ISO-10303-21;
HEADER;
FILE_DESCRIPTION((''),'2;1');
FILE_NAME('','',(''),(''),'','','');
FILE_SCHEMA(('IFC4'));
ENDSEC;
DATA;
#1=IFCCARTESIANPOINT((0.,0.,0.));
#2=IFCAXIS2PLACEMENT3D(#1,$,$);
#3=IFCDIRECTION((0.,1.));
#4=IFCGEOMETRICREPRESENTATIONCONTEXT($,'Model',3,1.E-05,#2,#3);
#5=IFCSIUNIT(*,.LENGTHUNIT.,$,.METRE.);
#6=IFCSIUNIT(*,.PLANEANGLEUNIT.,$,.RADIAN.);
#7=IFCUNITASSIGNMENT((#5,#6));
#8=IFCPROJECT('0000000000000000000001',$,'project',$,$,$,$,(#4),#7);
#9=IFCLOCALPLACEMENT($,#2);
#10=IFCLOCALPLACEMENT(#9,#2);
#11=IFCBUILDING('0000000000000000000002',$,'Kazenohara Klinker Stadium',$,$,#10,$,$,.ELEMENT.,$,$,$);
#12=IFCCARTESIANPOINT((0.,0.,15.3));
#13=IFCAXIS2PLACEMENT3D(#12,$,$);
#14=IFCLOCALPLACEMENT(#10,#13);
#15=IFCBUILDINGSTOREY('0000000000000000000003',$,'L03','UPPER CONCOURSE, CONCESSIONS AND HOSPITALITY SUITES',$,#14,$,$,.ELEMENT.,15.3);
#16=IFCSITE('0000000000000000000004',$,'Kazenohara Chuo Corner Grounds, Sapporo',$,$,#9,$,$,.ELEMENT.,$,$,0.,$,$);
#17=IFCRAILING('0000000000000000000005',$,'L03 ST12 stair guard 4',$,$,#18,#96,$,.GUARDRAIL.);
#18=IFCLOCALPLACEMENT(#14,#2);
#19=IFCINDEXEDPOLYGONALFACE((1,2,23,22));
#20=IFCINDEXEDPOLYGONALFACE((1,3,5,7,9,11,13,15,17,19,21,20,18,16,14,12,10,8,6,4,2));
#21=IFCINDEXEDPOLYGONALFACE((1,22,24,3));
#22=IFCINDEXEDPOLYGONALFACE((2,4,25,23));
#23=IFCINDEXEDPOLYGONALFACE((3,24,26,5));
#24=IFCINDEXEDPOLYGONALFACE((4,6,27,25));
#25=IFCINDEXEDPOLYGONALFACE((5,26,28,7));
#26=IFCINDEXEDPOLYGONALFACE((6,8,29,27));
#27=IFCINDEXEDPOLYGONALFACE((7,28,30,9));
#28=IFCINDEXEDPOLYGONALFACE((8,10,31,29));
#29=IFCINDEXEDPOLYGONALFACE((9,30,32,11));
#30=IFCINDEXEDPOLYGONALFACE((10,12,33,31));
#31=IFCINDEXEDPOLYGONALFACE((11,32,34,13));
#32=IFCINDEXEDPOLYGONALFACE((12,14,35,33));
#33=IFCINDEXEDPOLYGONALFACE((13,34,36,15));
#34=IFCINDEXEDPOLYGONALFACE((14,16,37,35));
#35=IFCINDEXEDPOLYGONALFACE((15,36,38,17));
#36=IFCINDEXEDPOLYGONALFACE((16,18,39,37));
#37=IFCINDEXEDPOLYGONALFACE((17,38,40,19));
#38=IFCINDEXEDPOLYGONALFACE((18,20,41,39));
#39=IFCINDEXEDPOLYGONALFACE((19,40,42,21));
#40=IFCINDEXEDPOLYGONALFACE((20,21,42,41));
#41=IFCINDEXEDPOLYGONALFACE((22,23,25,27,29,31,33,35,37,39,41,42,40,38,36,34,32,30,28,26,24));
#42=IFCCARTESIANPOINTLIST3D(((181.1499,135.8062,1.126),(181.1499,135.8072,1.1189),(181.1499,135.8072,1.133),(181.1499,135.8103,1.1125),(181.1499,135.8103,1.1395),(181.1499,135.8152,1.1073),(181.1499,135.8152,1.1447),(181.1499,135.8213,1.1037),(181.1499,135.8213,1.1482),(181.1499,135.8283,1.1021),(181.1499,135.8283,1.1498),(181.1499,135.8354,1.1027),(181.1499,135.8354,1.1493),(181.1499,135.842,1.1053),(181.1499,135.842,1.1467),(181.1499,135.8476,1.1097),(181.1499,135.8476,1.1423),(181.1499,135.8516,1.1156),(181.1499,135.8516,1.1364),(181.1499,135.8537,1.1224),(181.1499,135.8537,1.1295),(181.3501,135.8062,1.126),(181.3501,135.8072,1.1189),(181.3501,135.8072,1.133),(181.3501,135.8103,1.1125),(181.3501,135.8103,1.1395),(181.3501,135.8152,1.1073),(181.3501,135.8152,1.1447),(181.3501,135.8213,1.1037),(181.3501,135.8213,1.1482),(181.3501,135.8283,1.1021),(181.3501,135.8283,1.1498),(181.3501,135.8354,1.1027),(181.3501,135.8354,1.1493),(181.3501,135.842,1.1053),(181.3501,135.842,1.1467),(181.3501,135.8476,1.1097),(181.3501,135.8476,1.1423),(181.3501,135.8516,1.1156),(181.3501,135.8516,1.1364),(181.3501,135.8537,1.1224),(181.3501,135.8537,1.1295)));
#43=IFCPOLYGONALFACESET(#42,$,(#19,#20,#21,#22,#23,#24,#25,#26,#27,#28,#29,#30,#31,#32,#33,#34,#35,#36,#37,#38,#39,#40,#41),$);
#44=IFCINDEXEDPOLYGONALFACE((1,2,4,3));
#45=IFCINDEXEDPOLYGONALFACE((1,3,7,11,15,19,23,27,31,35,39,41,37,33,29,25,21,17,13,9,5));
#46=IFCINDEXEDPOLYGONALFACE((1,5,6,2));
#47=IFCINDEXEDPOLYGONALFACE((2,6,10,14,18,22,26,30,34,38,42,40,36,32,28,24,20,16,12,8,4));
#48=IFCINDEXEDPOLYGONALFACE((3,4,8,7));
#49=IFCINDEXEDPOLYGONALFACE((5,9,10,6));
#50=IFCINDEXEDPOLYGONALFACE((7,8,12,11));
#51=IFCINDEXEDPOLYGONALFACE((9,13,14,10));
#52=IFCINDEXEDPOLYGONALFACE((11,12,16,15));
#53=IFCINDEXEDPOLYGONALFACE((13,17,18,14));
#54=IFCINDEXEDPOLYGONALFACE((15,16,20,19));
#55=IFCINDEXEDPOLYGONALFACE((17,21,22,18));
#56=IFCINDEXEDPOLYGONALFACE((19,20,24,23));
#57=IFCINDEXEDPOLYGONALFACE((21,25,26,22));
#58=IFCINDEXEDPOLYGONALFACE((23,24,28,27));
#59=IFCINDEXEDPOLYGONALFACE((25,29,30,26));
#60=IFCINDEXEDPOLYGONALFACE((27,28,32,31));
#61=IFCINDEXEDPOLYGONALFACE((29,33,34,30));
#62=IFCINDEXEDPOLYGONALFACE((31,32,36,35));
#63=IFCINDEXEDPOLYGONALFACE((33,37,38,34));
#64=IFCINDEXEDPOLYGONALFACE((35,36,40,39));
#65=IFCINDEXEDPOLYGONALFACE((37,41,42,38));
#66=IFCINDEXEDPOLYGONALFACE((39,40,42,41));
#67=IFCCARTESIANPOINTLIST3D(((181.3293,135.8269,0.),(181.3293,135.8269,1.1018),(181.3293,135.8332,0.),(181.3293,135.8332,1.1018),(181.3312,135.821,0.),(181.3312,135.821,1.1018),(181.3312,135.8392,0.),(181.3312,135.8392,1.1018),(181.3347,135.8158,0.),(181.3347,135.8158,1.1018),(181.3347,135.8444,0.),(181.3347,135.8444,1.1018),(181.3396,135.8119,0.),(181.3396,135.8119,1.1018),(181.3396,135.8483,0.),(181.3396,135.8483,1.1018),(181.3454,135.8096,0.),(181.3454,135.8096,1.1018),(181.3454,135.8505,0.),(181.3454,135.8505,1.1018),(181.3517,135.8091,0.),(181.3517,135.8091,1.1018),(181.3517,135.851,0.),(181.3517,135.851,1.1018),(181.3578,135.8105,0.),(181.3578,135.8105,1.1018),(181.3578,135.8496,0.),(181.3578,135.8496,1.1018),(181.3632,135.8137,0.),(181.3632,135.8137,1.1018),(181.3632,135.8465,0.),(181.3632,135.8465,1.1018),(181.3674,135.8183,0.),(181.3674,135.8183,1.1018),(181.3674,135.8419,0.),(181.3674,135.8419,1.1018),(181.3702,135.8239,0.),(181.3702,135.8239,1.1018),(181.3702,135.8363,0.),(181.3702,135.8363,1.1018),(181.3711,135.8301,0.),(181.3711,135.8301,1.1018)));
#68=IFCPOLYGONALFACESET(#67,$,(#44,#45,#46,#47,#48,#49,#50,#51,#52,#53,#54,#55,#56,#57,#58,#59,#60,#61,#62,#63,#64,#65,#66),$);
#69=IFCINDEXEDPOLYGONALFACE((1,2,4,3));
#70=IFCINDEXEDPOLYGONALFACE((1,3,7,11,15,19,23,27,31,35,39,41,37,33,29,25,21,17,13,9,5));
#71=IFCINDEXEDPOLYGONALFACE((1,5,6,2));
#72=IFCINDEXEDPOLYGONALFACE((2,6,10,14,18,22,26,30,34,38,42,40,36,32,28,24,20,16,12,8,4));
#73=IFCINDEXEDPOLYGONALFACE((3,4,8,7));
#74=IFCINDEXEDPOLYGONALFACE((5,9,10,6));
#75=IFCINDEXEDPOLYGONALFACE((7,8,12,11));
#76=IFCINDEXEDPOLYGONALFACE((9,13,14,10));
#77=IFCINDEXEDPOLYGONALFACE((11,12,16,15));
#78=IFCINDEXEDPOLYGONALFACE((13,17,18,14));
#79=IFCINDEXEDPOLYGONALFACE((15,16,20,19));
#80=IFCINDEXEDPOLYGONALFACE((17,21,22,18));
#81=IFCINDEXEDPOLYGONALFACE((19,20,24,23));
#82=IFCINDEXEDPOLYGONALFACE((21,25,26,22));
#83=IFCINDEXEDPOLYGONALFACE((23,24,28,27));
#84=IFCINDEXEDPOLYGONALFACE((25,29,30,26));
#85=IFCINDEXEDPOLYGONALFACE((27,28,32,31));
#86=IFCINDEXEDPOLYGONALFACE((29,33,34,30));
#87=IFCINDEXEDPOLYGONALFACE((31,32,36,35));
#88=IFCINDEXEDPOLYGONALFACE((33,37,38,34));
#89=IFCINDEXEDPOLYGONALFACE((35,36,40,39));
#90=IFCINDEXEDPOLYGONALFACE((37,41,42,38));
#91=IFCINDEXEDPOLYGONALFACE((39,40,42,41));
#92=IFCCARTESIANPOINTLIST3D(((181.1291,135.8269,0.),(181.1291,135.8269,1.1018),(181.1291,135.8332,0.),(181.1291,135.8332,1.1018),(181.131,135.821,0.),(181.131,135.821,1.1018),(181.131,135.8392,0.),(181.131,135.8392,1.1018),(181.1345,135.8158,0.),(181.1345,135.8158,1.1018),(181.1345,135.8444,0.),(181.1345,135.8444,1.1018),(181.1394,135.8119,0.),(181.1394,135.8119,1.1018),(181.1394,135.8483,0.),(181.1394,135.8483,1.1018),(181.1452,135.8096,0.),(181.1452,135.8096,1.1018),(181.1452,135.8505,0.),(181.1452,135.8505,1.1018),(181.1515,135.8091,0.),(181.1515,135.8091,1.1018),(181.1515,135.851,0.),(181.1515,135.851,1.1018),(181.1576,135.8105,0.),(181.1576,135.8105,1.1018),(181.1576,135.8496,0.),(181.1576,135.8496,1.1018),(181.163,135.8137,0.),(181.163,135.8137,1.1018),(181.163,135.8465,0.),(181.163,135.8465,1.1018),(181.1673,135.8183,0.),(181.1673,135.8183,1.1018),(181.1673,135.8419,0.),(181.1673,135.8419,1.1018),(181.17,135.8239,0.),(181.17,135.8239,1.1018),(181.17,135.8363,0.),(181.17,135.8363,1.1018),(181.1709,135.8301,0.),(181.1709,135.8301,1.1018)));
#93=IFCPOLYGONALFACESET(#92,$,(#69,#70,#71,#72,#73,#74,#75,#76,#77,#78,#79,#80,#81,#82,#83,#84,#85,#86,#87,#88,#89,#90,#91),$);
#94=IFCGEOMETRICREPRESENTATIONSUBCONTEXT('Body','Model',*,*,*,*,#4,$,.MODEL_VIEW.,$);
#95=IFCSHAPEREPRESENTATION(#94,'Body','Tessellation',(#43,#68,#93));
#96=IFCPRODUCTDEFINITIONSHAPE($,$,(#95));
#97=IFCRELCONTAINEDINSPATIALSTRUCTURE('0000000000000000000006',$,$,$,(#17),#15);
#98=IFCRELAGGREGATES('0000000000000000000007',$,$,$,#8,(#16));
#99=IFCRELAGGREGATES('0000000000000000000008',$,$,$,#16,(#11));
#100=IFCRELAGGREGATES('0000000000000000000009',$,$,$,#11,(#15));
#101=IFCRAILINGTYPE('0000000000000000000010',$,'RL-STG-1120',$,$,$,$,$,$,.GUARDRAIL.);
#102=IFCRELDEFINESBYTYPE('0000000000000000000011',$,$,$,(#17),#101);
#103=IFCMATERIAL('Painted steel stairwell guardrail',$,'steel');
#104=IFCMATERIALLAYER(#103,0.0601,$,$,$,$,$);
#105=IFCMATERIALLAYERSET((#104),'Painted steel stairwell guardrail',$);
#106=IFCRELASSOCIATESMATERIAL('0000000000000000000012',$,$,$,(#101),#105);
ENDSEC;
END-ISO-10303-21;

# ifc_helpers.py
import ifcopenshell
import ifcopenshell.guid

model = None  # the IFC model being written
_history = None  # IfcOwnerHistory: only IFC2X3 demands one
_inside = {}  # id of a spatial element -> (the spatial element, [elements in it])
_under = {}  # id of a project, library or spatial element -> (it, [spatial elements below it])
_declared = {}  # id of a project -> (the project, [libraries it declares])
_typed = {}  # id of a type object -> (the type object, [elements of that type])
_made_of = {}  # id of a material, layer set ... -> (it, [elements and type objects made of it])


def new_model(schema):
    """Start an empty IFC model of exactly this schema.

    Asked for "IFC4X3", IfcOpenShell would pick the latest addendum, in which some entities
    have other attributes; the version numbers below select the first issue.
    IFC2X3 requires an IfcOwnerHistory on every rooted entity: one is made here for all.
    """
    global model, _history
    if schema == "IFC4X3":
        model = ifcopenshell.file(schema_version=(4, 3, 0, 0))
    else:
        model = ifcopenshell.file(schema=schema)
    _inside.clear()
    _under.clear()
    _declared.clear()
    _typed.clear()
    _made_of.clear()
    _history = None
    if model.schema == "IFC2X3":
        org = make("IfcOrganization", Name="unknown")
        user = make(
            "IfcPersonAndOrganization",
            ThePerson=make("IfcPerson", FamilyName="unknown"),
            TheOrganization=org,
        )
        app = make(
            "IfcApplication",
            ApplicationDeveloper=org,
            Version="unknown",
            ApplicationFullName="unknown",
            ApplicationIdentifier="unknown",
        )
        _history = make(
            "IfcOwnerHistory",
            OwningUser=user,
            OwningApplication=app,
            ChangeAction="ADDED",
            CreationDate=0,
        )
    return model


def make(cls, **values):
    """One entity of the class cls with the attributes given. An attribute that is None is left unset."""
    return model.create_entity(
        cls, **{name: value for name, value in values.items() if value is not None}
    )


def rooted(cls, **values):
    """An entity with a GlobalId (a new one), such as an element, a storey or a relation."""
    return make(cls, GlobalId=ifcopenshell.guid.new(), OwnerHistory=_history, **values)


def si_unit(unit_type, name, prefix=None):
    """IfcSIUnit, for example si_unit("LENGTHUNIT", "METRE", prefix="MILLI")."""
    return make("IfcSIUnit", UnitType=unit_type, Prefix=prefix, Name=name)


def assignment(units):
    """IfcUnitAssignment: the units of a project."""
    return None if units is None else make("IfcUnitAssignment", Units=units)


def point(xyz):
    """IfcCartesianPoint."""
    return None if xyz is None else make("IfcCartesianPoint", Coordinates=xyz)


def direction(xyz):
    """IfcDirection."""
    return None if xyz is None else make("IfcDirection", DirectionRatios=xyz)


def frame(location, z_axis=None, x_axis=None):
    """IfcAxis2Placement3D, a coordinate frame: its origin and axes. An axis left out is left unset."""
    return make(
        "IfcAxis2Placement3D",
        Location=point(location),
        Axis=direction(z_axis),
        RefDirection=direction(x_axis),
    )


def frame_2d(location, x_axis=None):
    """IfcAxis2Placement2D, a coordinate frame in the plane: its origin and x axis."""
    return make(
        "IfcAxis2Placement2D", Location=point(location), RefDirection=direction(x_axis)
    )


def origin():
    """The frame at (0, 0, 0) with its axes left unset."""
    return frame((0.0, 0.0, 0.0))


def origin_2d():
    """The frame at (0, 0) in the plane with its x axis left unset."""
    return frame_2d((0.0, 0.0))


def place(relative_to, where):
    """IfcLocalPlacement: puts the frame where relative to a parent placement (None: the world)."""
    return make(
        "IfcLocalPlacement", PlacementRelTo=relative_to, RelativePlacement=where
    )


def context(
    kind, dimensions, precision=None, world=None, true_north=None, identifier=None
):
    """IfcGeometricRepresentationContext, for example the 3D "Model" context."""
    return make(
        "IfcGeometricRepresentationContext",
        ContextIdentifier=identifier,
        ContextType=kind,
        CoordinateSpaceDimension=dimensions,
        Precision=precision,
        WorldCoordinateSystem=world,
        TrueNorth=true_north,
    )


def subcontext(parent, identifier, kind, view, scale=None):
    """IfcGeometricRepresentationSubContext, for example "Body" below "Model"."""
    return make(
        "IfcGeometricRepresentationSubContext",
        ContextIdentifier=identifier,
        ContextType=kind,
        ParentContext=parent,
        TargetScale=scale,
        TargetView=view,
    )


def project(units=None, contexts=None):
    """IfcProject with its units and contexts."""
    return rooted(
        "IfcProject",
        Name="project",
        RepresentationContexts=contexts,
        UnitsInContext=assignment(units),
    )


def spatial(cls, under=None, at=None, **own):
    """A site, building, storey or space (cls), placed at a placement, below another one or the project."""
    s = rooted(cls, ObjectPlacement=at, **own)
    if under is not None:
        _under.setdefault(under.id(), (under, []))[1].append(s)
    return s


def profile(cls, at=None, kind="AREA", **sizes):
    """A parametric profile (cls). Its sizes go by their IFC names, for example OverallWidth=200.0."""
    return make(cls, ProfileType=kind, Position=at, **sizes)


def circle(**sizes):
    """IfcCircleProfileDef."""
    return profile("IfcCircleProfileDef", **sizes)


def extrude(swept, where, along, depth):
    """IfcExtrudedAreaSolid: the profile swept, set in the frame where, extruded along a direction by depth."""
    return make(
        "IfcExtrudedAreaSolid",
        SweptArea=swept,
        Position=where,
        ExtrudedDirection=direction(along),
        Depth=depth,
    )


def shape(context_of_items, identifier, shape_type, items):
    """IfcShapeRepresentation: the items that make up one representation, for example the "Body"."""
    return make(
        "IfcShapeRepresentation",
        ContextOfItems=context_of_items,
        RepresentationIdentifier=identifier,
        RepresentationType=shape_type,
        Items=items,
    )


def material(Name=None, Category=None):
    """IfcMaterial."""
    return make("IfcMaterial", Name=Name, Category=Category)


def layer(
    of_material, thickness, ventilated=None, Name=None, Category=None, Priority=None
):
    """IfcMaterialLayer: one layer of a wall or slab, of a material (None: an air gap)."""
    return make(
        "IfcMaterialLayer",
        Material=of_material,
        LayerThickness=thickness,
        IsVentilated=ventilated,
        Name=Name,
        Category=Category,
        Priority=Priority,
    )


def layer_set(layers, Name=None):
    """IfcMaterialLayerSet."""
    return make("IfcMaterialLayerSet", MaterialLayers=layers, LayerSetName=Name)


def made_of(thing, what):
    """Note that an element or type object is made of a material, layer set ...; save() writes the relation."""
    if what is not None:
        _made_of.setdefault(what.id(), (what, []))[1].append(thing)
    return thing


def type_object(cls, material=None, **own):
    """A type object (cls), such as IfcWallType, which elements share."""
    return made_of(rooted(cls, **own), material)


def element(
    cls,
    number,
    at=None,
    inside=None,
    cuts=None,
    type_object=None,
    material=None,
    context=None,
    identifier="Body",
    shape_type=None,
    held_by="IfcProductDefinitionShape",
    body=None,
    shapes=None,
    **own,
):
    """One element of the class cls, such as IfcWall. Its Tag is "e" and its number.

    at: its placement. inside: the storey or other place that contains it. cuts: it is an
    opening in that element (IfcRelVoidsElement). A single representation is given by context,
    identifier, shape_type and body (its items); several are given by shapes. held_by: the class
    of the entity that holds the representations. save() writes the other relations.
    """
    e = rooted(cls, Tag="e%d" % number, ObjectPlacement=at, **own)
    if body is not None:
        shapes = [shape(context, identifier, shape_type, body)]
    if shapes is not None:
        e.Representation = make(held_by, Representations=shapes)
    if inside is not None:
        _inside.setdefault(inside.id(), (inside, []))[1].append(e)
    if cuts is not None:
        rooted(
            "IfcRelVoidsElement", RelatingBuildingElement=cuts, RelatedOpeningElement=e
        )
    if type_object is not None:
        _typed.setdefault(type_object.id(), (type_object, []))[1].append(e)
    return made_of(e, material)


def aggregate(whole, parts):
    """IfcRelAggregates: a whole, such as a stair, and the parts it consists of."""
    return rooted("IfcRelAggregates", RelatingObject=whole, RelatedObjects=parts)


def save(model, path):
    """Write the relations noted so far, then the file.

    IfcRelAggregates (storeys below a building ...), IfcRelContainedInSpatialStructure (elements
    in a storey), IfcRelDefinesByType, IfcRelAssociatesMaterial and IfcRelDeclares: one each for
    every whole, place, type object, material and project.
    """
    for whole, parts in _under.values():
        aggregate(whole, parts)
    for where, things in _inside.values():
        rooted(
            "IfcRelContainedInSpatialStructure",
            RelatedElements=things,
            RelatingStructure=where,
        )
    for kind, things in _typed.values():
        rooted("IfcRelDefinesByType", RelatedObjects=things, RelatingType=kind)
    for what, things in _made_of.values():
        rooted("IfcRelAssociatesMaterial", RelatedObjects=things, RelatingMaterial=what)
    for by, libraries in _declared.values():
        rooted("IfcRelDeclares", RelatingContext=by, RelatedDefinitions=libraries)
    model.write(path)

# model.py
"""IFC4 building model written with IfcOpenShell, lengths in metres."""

from ifc_helpers import new_model, si_unit, direction, frame, origin, origin_2d, place, context, subcontext, project, spatial, circle, extrude, material, layer, layer_set, type_object, element, save


model = new_model("IFC4")

# Units and contexts
model_context = context("Model", 3, precision=1e-05, world=origin(), true_north=direction((0.0, 1.0)))
body_context = subcontext(model_context, "Body", "Model", "MODEL_VIEW")
ifc_project = project(units=[si_unit("LENGTHUNIT", "METRE"), si_unit("PLANEANGLEUNIT", "RADIAN")], contexts=[model_context])

# Site, building, storey
site_placement = place(None, origin())
site = spatial("IfcSite", under=ifc_project, at=site_placement, Name="Kazenohara Chuo Corner Grounds, Sapporo", CompositionType="ELEMENT", RefElevation=0.0)
building_placement = place(site_placement, origin())
building = spatial("IfcBuilding", under=site, at=building_placement, Name="Kazenohara Klinker Stadium", CompositionType="ELEMENT")
storey_placement = place(building_placement, frame((0.0, 0.0, 15.3)))
storey = spatial("IfcBuildingStorey", under=building, at=storey_placement, Name="L03", Description="UPPER CONCOURSE, CONCESSIONS AND HOSPITALITY SUITES", CompositionType="ELEMENT", Elevation=15.3)

# Railing
ifc_material_1 = material(Name="Painted steel stairwell guardrail", Category="steel")
ifc_layer_1 = layer(ifc_material_1, 0.0601)
ifc_layer_set_1 = layer_set([ifc_layer_1], Name="Painted steel stairwell guardrail")
railing_type_1 = type_object("IfcRailingType", Name="RL-STG-1120", PredefinedType="GUARDRAIL", material=ifc_layer_set_1)
railing_1_placement = place(storey_placement, frame((181.3501, 135.8301, 0.0)))
element("IfcRailing", 1, at=railing_1_placement, inside=storey, type_object=railing_type_1, Name="L03 ST12 stair guard 4", PredefinedType="GUARDRAIL", context=body_context, shape_type="SweptSolid", body=[
    extrude(circle(Radius=0.0239, at=origin_2d()), frame((0.0, 0.0, 1.126), z_axis=(-1.0, 0.0, 0.0), x_axis=(0.0, -1.0, 0.0)), (0.0, 0.0, 1.0), 0.2002),
    extrude(circle(Radius=0.021, at=origin_2d()), origin(), (0.0, 0.0, 1.0), 1.1018),
    extrude(circle(Radius=0.021, at=origin_2d()), frame((-0.2002, 0.0, 0.0)), (0.0, 0.0, 1.0), 1.1018),
])

save(model, "model.ifc")
